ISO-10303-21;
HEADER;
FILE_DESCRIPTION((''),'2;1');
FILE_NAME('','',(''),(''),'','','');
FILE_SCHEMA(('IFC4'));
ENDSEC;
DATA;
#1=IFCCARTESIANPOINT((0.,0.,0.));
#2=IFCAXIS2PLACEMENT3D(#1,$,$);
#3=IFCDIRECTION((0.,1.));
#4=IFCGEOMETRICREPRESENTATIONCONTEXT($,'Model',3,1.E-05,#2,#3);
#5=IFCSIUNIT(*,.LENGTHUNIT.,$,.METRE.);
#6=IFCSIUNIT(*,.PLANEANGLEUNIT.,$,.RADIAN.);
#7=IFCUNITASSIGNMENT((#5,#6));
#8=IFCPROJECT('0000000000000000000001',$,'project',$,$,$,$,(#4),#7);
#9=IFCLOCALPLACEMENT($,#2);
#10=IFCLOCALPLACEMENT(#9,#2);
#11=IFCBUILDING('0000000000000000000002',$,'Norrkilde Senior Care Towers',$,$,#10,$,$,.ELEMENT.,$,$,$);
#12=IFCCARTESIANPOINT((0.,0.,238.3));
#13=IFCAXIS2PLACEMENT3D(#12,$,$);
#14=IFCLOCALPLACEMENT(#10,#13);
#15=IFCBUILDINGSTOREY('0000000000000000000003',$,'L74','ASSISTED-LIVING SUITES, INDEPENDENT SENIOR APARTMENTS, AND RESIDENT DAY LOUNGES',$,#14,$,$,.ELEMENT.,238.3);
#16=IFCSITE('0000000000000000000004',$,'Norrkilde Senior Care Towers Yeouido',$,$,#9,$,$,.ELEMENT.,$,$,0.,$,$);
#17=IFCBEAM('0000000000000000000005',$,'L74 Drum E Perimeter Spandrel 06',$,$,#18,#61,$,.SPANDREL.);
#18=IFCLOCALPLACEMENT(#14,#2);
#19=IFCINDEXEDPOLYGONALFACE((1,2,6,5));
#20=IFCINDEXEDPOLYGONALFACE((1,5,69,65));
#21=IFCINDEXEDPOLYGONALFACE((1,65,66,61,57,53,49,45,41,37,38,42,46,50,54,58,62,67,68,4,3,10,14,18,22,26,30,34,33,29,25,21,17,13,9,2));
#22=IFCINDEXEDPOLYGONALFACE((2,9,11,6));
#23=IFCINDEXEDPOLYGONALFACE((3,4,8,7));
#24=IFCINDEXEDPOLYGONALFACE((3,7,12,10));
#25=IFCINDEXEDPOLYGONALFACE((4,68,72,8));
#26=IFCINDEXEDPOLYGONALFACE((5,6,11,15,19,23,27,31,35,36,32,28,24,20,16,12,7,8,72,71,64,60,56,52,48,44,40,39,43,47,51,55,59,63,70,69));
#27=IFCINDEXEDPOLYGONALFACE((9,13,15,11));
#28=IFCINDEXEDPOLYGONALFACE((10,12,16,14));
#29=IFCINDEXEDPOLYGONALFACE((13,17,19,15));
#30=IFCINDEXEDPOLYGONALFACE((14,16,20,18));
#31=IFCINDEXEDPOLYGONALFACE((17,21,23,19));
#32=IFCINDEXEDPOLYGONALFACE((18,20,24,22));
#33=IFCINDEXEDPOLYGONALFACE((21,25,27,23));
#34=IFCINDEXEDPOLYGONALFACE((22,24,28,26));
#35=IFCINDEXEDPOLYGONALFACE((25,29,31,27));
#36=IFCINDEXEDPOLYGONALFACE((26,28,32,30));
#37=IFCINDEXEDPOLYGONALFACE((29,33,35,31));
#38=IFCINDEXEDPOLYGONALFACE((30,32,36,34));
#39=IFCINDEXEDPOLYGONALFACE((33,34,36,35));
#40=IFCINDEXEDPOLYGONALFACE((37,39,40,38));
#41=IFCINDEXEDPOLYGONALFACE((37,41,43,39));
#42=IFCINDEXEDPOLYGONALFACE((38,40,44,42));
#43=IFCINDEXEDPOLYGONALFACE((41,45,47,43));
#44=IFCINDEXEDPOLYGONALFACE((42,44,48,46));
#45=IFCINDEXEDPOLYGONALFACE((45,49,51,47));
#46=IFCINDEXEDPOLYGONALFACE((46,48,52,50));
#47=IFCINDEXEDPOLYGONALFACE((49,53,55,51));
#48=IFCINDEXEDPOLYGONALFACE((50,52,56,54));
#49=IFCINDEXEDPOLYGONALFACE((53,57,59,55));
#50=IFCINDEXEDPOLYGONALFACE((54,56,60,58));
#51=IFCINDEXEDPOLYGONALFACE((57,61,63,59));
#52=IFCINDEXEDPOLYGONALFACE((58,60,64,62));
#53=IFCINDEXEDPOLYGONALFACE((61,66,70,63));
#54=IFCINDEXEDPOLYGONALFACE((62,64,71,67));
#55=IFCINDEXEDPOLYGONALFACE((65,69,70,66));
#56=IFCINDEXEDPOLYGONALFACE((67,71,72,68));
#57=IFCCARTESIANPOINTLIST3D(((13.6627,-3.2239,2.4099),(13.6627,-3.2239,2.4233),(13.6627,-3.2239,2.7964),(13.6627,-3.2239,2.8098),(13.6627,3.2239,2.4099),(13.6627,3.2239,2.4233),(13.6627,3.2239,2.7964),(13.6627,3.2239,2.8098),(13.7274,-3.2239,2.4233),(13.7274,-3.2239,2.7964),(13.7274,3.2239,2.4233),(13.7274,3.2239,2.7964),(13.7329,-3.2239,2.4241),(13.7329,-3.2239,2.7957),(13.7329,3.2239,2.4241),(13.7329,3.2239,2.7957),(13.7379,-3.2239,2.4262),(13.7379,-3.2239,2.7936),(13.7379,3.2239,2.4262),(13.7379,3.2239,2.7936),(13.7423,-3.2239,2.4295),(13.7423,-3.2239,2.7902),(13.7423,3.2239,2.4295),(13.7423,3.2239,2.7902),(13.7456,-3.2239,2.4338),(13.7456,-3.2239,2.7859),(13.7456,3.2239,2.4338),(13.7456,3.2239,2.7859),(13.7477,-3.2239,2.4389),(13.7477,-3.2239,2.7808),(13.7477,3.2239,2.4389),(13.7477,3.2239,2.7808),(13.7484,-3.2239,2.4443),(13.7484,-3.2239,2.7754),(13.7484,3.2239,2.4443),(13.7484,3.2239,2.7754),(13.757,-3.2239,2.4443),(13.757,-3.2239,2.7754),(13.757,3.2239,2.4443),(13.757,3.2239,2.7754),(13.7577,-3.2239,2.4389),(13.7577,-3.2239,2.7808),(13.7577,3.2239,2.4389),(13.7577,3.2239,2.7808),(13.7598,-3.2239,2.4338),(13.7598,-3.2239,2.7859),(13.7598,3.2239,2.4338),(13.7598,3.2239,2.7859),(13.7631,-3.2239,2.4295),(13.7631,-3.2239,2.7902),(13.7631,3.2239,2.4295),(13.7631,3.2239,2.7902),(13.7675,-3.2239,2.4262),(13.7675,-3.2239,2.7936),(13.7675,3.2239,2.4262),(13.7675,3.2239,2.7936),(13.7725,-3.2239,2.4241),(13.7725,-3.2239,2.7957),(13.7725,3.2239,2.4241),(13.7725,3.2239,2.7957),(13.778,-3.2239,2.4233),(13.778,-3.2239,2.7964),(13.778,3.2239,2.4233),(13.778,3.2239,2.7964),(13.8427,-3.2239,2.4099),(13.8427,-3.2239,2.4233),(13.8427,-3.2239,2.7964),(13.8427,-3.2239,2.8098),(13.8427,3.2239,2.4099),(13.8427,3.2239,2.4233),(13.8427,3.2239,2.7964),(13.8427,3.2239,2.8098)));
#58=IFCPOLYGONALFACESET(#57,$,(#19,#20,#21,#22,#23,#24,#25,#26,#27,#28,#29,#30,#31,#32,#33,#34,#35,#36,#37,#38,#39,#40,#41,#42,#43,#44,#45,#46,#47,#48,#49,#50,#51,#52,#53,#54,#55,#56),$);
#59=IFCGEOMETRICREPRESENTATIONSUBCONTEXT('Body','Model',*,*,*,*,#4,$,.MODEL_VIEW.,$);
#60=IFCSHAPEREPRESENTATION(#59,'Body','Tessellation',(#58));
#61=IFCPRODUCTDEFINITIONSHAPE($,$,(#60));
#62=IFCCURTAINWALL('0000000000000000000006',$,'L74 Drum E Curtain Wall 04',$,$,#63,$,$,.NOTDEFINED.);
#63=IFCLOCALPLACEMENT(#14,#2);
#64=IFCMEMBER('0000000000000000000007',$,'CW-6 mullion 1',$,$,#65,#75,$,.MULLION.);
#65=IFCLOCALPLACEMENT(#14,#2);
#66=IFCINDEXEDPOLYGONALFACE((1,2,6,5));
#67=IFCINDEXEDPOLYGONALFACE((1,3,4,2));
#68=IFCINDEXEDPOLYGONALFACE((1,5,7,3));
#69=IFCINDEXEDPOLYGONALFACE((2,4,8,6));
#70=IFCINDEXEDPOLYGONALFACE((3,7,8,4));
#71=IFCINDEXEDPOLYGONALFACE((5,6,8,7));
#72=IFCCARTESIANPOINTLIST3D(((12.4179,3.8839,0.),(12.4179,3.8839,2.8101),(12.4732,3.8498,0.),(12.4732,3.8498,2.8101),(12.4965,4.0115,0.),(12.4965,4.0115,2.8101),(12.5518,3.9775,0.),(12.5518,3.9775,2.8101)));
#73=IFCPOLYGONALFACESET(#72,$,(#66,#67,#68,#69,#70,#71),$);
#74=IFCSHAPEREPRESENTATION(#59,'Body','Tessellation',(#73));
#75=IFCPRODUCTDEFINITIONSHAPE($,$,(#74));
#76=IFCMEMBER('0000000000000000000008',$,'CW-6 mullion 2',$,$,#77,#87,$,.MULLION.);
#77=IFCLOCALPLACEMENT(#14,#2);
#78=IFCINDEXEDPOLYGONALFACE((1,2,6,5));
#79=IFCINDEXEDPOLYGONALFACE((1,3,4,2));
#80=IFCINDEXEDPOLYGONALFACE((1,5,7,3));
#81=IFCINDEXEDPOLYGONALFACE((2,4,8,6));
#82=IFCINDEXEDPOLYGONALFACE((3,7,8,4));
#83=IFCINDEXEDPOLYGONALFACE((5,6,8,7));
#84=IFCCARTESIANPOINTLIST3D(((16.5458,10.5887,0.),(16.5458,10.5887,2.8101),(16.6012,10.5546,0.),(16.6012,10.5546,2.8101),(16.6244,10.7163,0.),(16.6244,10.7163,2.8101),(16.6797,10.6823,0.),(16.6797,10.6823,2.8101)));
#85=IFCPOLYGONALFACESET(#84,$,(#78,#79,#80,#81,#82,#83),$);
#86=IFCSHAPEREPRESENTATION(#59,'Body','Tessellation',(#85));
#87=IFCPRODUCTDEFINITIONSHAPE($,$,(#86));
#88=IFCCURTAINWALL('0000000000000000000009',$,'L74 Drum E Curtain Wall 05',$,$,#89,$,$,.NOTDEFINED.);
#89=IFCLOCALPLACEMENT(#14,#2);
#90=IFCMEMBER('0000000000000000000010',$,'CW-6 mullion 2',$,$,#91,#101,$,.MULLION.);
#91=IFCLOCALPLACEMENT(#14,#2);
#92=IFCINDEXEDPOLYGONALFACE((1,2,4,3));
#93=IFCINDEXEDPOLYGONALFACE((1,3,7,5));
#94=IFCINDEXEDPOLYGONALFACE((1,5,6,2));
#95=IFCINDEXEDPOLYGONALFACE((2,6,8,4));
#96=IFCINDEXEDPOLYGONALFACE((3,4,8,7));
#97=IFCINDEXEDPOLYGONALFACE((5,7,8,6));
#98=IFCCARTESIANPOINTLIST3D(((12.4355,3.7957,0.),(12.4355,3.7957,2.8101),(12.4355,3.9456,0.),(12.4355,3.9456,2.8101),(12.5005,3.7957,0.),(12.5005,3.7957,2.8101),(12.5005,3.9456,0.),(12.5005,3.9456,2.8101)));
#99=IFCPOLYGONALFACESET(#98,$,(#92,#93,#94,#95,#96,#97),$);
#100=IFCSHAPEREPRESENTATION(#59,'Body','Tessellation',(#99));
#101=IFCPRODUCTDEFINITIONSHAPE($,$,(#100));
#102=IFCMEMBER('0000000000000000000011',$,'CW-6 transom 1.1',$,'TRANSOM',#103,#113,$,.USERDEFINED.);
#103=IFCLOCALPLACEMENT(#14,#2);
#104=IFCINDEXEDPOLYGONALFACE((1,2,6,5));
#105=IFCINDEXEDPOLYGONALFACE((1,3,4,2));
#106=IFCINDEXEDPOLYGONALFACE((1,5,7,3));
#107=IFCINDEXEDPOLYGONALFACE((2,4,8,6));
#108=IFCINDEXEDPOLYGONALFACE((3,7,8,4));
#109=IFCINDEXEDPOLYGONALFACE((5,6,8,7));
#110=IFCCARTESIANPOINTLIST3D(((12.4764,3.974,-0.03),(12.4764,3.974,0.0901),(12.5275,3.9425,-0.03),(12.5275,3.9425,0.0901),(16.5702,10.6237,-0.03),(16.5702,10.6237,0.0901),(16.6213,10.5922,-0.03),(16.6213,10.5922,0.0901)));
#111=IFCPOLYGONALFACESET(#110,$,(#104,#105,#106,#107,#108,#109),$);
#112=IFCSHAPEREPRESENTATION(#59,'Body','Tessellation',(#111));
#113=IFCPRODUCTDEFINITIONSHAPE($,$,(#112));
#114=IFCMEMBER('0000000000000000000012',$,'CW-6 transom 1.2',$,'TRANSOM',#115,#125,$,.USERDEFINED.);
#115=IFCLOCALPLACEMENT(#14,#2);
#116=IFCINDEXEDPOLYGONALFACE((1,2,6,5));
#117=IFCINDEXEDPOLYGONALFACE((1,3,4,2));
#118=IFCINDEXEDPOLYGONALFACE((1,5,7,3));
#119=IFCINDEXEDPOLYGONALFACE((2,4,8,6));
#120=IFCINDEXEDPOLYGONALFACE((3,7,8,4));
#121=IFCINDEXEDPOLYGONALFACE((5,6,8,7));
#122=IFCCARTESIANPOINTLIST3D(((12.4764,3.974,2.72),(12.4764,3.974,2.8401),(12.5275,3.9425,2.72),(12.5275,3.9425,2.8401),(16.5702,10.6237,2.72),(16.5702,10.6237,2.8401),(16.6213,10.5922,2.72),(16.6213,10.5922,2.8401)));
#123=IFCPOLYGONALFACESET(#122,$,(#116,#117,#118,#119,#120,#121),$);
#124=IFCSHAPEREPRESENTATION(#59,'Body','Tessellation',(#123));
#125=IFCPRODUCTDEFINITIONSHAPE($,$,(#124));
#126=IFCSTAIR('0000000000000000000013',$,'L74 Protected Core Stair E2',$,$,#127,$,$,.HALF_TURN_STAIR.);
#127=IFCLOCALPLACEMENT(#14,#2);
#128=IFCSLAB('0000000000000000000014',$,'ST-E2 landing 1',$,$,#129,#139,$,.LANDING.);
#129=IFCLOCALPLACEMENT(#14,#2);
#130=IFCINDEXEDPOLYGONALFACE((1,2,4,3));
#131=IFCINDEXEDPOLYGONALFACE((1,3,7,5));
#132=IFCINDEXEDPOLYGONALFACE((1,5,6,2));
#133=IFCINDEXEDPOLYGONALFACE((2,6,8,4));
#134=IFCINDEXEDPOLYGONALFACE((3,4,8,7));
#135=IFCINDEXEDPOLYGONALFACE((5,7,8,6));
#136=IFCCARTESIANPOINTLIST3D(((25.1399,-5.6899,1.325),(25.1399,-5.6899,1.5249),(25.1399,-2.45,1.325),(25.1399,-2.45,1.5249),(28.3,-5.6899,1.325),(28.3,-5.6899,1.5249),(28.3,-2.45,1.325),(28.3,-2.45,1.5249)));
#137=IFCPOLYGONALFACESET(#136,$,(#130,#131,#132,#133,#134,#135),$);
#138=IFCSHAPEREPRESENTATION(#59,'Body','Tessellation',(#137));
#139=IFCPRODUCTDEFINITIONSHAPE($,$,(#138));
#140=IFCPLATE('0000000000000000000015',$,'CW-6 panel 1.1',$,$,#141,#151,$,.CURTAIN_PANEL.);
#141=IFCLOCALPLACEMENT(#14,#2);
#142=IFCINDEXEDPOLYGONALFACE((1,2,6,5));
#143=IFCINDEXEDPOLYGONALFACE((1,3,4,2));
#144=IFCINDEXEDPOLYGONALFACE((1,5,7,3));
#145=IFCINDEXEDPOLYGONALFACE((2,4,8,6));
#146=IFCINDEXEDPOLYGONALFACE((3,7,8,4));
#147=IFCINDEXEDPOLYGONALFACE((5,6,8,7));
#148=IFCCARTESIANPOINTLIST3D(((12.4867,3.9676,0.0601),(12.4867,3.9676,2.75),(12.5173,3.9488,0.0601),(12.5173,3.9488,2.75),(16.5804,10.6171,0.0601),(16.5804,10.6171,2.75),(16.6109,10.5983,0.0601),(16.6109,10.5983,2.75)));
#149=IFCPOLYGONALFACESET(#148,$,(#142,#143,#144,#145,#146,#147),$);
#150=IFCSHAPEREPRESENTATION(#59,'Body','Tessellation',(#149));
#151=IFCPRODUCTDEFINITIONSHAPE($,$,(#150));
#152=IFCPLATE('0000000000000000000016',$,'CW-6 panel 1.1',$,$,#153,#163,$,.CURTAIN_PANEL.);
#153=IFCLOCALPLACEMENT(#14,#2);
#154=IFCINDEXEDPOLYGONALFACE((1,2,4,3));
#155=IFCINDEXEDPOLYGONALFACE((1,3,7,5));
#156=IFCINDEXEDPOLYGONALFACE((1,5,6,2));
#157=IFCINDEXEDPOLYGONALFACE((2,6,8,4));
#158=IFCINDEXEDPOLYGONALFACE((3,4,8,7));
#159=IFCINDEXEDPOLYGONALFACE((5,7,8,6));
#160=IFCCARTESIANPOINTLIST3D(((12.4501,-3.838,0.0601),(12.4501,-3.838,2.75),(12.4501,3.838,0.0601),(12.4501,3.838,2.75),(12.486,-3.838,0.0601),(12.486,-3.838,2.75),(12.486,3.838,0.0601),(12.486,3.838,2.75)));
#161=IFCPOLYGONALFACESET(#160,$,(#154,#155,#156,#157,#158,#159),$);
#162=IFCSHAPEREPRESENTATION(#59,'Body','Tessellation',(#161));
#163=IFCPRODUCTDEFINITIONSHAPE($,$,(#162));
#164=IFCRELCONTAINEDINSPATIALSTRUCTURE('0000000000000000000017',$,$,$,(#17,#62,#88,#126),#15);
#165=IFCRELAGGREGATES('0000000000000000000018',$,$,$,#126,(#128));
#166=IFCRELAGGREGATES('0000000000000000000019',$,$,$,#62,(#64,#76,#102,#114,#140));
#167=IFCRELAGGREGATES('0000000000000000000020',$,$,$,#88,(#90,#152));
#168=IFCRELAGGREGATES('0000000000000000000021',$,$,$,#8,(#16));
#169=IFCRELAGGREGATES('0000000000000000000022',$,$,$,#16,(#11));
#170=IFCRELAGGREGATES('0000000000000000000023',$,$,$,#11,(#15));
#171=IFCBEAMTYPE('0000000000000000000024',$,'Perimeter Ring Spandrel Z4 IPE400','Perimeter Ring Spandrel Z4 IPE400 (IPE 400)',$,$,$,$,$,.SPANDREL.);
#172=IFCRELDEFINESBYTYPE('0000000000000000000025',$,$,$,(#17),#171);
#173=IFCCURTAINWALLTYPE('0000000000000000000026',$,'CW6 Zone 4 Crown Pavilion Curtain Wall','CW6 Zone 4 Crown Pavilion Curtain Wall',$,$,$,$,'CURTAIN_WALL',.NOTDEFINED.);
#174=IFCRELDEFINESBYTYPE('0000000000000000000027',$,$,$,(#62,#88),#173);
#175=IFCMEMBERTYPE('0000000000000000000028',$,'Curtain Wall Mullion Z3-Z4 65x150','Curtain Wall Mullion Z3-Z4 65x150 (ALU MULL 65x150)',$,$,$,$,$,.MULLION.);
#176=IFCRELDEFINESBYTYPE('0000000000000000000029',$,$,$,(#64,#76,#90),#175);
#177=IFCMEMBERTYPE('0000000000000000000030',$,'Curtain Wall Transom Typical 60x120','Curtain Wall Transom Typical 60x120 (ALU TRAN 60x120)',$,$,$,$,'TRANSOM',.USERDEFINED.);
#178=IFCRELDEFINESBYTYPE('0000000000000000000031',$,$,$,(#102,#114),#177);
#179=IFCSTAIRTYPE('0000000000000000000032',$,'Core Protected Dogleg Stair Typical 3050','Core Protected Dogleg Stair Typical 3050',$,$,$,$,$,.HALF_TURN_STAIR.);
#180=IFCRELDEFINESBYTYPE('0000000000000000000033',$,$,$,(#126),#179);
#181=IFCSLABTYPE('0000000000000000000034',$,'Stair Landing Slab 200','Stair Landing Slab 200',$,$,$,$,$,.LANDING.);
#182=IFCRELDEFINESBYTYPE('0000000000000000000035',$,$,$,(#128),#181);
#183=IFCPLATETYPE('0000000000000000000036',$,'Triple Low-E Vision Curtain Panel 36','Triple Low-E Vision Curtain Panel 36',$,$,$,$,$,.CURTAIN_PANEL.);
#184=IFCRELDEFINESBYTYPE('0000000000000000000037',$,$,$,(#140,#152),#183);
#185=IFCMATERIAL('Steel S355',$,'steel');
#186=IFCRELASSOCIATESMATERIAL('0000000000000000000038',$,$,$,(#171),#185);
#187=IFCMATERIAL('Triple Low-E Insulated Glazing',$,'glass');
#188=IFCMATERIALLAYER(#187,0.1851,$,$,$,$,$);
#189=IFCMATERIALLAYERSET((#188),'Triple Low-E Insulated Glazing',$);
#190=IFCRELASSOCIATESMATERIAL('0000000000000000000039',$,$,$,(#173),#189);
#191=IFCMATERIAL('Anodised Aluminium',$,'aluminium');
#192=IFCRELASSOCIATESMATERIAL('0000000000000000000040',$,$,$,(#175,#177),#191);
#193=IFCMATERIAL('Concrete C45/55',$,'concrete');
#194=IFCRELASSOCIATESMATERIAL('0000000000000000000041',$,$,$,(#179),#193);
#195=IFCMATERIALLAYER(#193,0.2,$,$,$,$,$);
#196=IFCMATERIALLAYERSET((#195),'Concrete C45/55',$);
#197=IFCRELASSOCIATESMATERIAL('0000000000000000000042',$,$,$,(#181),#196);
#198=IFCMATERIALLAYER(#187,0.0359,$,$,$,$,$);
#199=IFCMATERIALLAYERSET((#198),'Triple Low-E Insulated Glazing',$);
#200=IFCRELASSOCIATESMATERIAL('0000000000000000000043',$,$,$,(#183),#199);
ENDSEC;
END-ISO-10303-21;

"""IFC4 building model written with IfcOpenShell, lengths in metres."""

from ifc_helpers import new_model, si_unit, direction, frame, origin, origin_2d, place, context, subcontext, project, spatial, polyline, rectangle, i_section, outline, extrude, source, transform, mapped, material, layer, layer_set, material_profile, profile_set, type_object, type_shapes, element, aggregate, save


model = new_model("IFC4")

# Units and contexts
model_context = context("Model", 3, precision=1e-05, world=origin(), true_north=direction((0.0, 1.0)))
body_context = subcontext(model_context, "Body", "Model", "MODEL_VIEW")
ifc_project = project(units=[si_unit("LENGTHUNIT", "METRE"), si_unit("PLANEANGLEUNIT", "RADIAN")], contexts=[model_context])

# Site, building, storey
site_placement = place(None, origin())
site = spatial("IfcSite", under=ifc_project, at=site_placement, Name="Norrkilde Senior Care Towers Yeouido", CompositionType="ELEMENT", RefElevation=0.0)
building_placement = place(site_placement, origin())
building = spatial("IfcBuilding", under=site, at=building_placement, Name="Norrkilde Senior Care Towers", CompositionType="ELEMENT")
storey_placement = place(building_placement, frame((0.0, 0.0, 238.3)))
storey = spatial("IfcBuildingStorey", under=building, at=storey_placement, Name="L74", Description="ASSISTED-LIVING SUITES, INDEPENDENT SENIOR APARTMENTS, AND RESIDENT DAY LOUNGES", CompositionType="ELEMENT", Elevation=238.3)

# Beam
ifc_material_1 = material(Name="Steel S355", Category="steel")
ifc_material_profile_1 = material_profile(ifc_material_1, i_section(OverallWidth=0.1799, OverallDepth=0.3999, WebThickness=0.0085, FlangeThickness=0.0134, FilletRadius=0.021, at=origin_2d()), Name="IPE 400")
ifc_profile_set_1 = profile_set([ifc_material_profile_1], Name="Steel S355")
beam_type_1 = type_object("IfcBeamType", Name="Perimeter Ring Spandrel Z4 IPE400", Description="Perimeter Ring Spandrel Z4 IPE400 (IPE 400)", PredefinedType="SPANDREL", material=ifc_profile_set_1)
shared_shape_1 = source(origin(), body_context, "Body", "SweptSolid", [
    extrude(i_section(OverallWidth=0.1799, OverallDepth=0.3999, WebThickness=0.0085, FlangeThickness=0.0134, FilletRadius=0.021, at=origin_2d()), origin(), (0.0, 0.0, 1.0), 6.4478),
])
beam_1_placement = place(storey_placement, frame((13.7527, 3.2239, 2.6099), z_axis=(0.0, -1.0, 0.0), x_axis=(1.0, 0.0, 0.0)))
element("IfcBeam", 1, at=beam_1_placement, inside=storey, type_object=beam_type_1, Name="L74 Drum E Perimeter Spandrel 06", PredefinedType="SPANDREL", context=body_context, shape_type="MappedRepresentation", body=[
    mapped(shared_shape_1, transform((0.0, 0.0, 0.0), x_axis=(1.0, 0.0, 0.0), y_axis=(0.0, 1.0, 0.0), z_axis=(0.0, 0.0, 1.0), scale=1.0)),
])

# Curtain wall, members
ifc_material_2 = material(Name="Triple Low-E Insulated Glazing", Category="glass")
ifc_layer_1 = layer(ifc_material_2, 0.1851)
ifc_layer_set_1 = layer_set([ifc_layer_1], Name="Triple Low-E Insulated Glazing")
curtain_wall_type = type_object("IfcCurtainWallType", Name="CW6 Zone 4 Crown Pavilion Curtain Wall", Description="CW6 Zone 4 Crown Pavilion Curtain Wall", ElementType="CURTAIN_WALL", PredefinedType="NOTDEFINED", material=ifc_layer_set_1)
curtain_wall_1_placement = place(storey_placement, origin())
curtain_wall_1 = element("IfcCurtainWall", 2, at=curtain_wall_1_placement, inside=storey, type_object=curtain_wall_type, Name="L74 Drum E Curtain Wall 04", PredefinedType="NOTDEFINED")
ifc_material_3 = material(Name="Anodised Aluminium", Category="aluminium")
ifc_material_profile_2 = material_profile(ifc_material_3, rectangle(XDim=0.0649, YDim=0.1499, at=origin_2d()), Name="ALU MULL 65x150")
ifc_profile_set_2 = profile_set([ifc_material_profile_2], Name="Anodised Aluminium")
member_type_1 = type_object("IfcMemberType", Name="Curtain Wall Mullion Z3-Z4 65x150", Description="Curtain Wall Mullion Z3-Z4 65x150 (ALU MULL 65x150)", PredefinedType="MULLION", material=ifc_profile_set_2)
shared_shape_2 = source(origin(), body_context, "Body", "SweptSolid", [
    extrude(rectangle(XDim=0.0649, YDim=0.1499, at=origin_2d()), origin(), (0.0, 0.0, 1.0), 2.8101),
])
type_shapes(member_type_1, [shared_shape_2])
member_1_placement = place(storey_placement, frame((12.4849, 3.9307, 0.0), z_axis=(0.0, 0.0, 1.0), x_axis=(-0.851563, 0.524253, 0.0)))
member_1 = element("IfcMember", 3, at=member_1_placement, type_object=member_type_1, Name="CW-6 mullion 1", PredefinedType="MULLION", context=body_context, shape_type="MappedRepresentation", body=[
    mapped(shared_shape_2, transform((0.0, 0.0, 0.0), x_axis=(1.0, 0.0, 0.0), y_axis=(0.0, 1.0, 0.0), z_axis=(0.0, 0.0, 1.0), scale=1.0)),
])
member_2_placement = place(storey_placement, frame((16.6128, 10.6355, 0.0), z_axis=(0.0, 0.0, 1.0), x_axis=(-0.851563, 0.524253, 0.0)))
member_2 = element("IfcMember", 4, at=member_2_placement, type_object=member_type_1, Name="CW-6 mullion 2", PredefinedType="MULLION", context=body_context, shape_type="MappedRepresentation", body=[
    mapped(shared_shape_2, transform((0.0, 0.0, 0.0), x_axis=(1.0, 0.0, 0.0), y_axis=(0.0, 1.0, 0.0), z_axis=(0.0, 0.0, 1.0), scale=1.0)),
])

# Curtain wall, member
curtain_wall_2_placement = place(storey_placement, origin())
curtain_wall_2 = element("IfcCurtainWall", 5, at=curtain_wall_2_placement, inside=storey, type_object=curtain_wall_type, Name="L74 Drum E Curtain Wall 05", PredefinedType="NOTDEFINED")
member_3_placement = place(storey_placement, frame((12.468, 3.8706, 0.0), z_axis=(0.0, 0.0, 1.0), x_axis=(-1.0, 0.0, 0.0)))
member_3 = element("IfcMember", 6, at=member_3_placement, type_object=member_type_1, Name="CW-6 mullion 2", PredefinedType="MULLION", context=body_context, shape_type="MappedRepresentation", body=[
    mapped(shared_shape_2, transform((0.0, 0.0, 0.0), x_axis=(1.0, 0.0, 0.0), y_axis=(0.0, 1.0, 0.0), z_axis=(0.0, 0.0, 1.0), scale=1.0)),
])

# Members
ifc_material_profile_3 = material_profile(ifc_material_3, rectangle(XDim=0.0601, YDim=0.1201, at=origin_2d()), Name="ALU TRAN 60x120")
ifc_profile_set_3 = profile_set([ifc_material_profile_3], Name="Anodised Aluminium")
member_type_2 = type_object("IfcMemberType", Name="Curtain Wall Transom Typical 60x120", Description="Curtain Wall Transom Typical 60x120 (ALU TRAN 60x120)", ElementType="TRANSOM", PredefinedType="USERDEFINED", material=ifc_profile_set_3)
shared_shape_3 = source(origin(), body_context, "Body", "SweptSolid", [
    extrude(rectangle(XDim=0.0601, YDim=0.1201, at=origin_2d()), origin(), (0.0, 0.0, 1.0), 7.8088),
])
type_shapes(member_type_2, [shared_shape_3])
member_4_placement = place(storey_placement, frame((12.502, 3.9583, 0.03), z_axis=(0.524251, 0.851564, 0.0), x_axis=(-0.851564, 0.524251, 0.0)))
member_4 = element("IfcMember", 7, at=member_4_placement, type_object=member_type_2, Name="CW-6 transom 1.1", ObjectType="TRANSOM", PredefinedType="USERDEFINED", context=body_context, shape_type="MappedRepresentation", body=[
    mapped(shared_shape_3, transform((0.0, 0.0, 0.0), x_axis=(1.0, 0.0, 0.0), y_axis=(0.0, 1.0, 0.0), z_axis=(0.0, 0.0, 1.0), scale=1.0)),
])
member_5_placement = place(storey_placement, frame((12.502, 3.9583, 2.78), z_axis=(0.524251, 0.851564, 0.0), x_axis=(-0.851564, 0.524251, 0.0)))
member_5 = element("IfcMember", 8, at=member_5_placement, type_object=member_type_2, Name="CW-6 transom 1.2", ObjectType="TRANSOM", PredefinedType="USERDEFINED", context=body_context, shape_type="MappedRepresentation", body=[
    mapped(shared_shape_3, transform((0.0, 0.0, 0.0), x_axis=(1.0, 0.0, 0.0), y_axis=(0.0, 1.0, 0.0), z_axis=(0.0, 0.0, 1.0), scale=1.0)),
])

# Stair, slab
ifc_material_4 = material(Name="Concrete C45/55", Category="concrete")
stair_type = type_object("IfcStairType", Name="Core Protected Dogleg Stair Typical 3050", Description="Core Protected Dogleg Stair Typical 3050", PredefinedType="HALF_TURN_STAIR", material=ifc_material_4)
stair_placement = place(storey_placement, origin())
stair = element("IfcStair", 9, at=stair_placement, inside=storey, type_object=stair_type, Name="L74 Protected Core Stair E2", PredefinedType="HALF_TURN_STAIR")
ifc_layer_2 = layer(ifc_material_4, 0.2)
ifc_layer_set_2 = layer_set([ifc_layer_2], Name="Concrete C45/55")
slab_type = type_object("IfcSlabType", Name="Stair Landing Slab 200", Description="Stair Landing Slab 200", PredefinedType="LANDING", material=ifc_layer_set_2)
slab_placement = place(storey_placement, frame((0.0, 0.0, 1.325)))
slab = element("IfcSlab", 10, at=slab_placement, type_object=slab_type, Name="ST-E2 landing 1", PredefinedType="LANDING", context=body_context, shape_type="SweptSolid", body=[
    extrude(outline(polyline([(25.1399, -5.6899), (28.3, -5.6899), (28.3, -2.45), (25.1399, -2.45), (25.1399, -5.6899)])), origin(), (0.0, 0.0, 1.0), 0.2),
])
aggregate(stair, [slab])

# Plates
ifc_layer_3 = layer(ifc_material_2, 0.0359)
ifc_layer_set_3 = layer_set([ifc_layer_3], Name="Triple Low-E Insulated Glazing")
plate_type = type_object("IfcPlateType", Name="Triple Low-E Vision Curtain Panel 36", Description="Triple Low-E Vision Curtain Panel 36", PredefinedType="CURTAIN_PANEL", material=ifc_layer_set_3)
shared_shape_4 = source(origin(), body_context, "Body", "SweptSolid", [
    extrude(rectangle(XDim=7.8086, YDim=0.0359, at=origin_2d()), origin(), (0.0, 0.0, 1.0), 2.6899),
])
plate_1_placement = place(storey_placement, frame((14.5488, 7.283, 0.0601), z_axis=(0.0, 0.0, 1.0), x_axis=(0.524253, 0.851563, 0.0)))
plate_1 = element("IfcPlate", 11, at=plate_1_placement, type_object=plate_type, Name="CW-6 panel 1.1", PredefinedType="CURTAIN_PANEL", context=body_context, shape_type="MappedRepresentation", body=[
    mapped(shared_shape_4, transform((0.0, 0.0, 0.0), x_axis=(1.0, 0.0, 0.0), y_axis=(0.0, 1.0, 0.0), z_axis=(0.0, 0.0, 1.0), scale=1.0)),
])
aggregate(curtain_wall_1, [member_1, member_2, member_4, member_5, plate_1])
shared_shape_5 = source(origin(), body_context, "Body", "SweptSolid", [
    extrude(rectangle(XDim=7.676, YDim=0.0359, at=origin_2d()), origin(), (0.0, 0.0, 1.0), 2.6899),
])
type_shapes(plate_type, [shared_shape_4, shared_shape_5])
plate_2_placement = place(storey_placement, frame((12.468, 0.0, 0.0601), z_axis=(0.0, 0.0, 1.0), x_axis=(0.0, 1.0, 0.0)))
plate_2 = element("IfcPlate", 12, at=plate_2_placement, type_object=plate_type, Name="CW-6 panel 1.1", PredefinedType="CURTAIN_PANEL", context=body_context, shape_type="MappedRepresentation", body=[
    mapped(shared_shape_5, transform((0.0, 0.0, 0.0), x_axis=(1.0, 0.0, 0.0), y_axis=(0.0, 1.0, 0.0), z_axis=(0.0, 0.0, 1.0), scale=1.0)),
])
aggregate(curtain_wall_2, [member_3, plate_2])

save(model, "model.ifc")
